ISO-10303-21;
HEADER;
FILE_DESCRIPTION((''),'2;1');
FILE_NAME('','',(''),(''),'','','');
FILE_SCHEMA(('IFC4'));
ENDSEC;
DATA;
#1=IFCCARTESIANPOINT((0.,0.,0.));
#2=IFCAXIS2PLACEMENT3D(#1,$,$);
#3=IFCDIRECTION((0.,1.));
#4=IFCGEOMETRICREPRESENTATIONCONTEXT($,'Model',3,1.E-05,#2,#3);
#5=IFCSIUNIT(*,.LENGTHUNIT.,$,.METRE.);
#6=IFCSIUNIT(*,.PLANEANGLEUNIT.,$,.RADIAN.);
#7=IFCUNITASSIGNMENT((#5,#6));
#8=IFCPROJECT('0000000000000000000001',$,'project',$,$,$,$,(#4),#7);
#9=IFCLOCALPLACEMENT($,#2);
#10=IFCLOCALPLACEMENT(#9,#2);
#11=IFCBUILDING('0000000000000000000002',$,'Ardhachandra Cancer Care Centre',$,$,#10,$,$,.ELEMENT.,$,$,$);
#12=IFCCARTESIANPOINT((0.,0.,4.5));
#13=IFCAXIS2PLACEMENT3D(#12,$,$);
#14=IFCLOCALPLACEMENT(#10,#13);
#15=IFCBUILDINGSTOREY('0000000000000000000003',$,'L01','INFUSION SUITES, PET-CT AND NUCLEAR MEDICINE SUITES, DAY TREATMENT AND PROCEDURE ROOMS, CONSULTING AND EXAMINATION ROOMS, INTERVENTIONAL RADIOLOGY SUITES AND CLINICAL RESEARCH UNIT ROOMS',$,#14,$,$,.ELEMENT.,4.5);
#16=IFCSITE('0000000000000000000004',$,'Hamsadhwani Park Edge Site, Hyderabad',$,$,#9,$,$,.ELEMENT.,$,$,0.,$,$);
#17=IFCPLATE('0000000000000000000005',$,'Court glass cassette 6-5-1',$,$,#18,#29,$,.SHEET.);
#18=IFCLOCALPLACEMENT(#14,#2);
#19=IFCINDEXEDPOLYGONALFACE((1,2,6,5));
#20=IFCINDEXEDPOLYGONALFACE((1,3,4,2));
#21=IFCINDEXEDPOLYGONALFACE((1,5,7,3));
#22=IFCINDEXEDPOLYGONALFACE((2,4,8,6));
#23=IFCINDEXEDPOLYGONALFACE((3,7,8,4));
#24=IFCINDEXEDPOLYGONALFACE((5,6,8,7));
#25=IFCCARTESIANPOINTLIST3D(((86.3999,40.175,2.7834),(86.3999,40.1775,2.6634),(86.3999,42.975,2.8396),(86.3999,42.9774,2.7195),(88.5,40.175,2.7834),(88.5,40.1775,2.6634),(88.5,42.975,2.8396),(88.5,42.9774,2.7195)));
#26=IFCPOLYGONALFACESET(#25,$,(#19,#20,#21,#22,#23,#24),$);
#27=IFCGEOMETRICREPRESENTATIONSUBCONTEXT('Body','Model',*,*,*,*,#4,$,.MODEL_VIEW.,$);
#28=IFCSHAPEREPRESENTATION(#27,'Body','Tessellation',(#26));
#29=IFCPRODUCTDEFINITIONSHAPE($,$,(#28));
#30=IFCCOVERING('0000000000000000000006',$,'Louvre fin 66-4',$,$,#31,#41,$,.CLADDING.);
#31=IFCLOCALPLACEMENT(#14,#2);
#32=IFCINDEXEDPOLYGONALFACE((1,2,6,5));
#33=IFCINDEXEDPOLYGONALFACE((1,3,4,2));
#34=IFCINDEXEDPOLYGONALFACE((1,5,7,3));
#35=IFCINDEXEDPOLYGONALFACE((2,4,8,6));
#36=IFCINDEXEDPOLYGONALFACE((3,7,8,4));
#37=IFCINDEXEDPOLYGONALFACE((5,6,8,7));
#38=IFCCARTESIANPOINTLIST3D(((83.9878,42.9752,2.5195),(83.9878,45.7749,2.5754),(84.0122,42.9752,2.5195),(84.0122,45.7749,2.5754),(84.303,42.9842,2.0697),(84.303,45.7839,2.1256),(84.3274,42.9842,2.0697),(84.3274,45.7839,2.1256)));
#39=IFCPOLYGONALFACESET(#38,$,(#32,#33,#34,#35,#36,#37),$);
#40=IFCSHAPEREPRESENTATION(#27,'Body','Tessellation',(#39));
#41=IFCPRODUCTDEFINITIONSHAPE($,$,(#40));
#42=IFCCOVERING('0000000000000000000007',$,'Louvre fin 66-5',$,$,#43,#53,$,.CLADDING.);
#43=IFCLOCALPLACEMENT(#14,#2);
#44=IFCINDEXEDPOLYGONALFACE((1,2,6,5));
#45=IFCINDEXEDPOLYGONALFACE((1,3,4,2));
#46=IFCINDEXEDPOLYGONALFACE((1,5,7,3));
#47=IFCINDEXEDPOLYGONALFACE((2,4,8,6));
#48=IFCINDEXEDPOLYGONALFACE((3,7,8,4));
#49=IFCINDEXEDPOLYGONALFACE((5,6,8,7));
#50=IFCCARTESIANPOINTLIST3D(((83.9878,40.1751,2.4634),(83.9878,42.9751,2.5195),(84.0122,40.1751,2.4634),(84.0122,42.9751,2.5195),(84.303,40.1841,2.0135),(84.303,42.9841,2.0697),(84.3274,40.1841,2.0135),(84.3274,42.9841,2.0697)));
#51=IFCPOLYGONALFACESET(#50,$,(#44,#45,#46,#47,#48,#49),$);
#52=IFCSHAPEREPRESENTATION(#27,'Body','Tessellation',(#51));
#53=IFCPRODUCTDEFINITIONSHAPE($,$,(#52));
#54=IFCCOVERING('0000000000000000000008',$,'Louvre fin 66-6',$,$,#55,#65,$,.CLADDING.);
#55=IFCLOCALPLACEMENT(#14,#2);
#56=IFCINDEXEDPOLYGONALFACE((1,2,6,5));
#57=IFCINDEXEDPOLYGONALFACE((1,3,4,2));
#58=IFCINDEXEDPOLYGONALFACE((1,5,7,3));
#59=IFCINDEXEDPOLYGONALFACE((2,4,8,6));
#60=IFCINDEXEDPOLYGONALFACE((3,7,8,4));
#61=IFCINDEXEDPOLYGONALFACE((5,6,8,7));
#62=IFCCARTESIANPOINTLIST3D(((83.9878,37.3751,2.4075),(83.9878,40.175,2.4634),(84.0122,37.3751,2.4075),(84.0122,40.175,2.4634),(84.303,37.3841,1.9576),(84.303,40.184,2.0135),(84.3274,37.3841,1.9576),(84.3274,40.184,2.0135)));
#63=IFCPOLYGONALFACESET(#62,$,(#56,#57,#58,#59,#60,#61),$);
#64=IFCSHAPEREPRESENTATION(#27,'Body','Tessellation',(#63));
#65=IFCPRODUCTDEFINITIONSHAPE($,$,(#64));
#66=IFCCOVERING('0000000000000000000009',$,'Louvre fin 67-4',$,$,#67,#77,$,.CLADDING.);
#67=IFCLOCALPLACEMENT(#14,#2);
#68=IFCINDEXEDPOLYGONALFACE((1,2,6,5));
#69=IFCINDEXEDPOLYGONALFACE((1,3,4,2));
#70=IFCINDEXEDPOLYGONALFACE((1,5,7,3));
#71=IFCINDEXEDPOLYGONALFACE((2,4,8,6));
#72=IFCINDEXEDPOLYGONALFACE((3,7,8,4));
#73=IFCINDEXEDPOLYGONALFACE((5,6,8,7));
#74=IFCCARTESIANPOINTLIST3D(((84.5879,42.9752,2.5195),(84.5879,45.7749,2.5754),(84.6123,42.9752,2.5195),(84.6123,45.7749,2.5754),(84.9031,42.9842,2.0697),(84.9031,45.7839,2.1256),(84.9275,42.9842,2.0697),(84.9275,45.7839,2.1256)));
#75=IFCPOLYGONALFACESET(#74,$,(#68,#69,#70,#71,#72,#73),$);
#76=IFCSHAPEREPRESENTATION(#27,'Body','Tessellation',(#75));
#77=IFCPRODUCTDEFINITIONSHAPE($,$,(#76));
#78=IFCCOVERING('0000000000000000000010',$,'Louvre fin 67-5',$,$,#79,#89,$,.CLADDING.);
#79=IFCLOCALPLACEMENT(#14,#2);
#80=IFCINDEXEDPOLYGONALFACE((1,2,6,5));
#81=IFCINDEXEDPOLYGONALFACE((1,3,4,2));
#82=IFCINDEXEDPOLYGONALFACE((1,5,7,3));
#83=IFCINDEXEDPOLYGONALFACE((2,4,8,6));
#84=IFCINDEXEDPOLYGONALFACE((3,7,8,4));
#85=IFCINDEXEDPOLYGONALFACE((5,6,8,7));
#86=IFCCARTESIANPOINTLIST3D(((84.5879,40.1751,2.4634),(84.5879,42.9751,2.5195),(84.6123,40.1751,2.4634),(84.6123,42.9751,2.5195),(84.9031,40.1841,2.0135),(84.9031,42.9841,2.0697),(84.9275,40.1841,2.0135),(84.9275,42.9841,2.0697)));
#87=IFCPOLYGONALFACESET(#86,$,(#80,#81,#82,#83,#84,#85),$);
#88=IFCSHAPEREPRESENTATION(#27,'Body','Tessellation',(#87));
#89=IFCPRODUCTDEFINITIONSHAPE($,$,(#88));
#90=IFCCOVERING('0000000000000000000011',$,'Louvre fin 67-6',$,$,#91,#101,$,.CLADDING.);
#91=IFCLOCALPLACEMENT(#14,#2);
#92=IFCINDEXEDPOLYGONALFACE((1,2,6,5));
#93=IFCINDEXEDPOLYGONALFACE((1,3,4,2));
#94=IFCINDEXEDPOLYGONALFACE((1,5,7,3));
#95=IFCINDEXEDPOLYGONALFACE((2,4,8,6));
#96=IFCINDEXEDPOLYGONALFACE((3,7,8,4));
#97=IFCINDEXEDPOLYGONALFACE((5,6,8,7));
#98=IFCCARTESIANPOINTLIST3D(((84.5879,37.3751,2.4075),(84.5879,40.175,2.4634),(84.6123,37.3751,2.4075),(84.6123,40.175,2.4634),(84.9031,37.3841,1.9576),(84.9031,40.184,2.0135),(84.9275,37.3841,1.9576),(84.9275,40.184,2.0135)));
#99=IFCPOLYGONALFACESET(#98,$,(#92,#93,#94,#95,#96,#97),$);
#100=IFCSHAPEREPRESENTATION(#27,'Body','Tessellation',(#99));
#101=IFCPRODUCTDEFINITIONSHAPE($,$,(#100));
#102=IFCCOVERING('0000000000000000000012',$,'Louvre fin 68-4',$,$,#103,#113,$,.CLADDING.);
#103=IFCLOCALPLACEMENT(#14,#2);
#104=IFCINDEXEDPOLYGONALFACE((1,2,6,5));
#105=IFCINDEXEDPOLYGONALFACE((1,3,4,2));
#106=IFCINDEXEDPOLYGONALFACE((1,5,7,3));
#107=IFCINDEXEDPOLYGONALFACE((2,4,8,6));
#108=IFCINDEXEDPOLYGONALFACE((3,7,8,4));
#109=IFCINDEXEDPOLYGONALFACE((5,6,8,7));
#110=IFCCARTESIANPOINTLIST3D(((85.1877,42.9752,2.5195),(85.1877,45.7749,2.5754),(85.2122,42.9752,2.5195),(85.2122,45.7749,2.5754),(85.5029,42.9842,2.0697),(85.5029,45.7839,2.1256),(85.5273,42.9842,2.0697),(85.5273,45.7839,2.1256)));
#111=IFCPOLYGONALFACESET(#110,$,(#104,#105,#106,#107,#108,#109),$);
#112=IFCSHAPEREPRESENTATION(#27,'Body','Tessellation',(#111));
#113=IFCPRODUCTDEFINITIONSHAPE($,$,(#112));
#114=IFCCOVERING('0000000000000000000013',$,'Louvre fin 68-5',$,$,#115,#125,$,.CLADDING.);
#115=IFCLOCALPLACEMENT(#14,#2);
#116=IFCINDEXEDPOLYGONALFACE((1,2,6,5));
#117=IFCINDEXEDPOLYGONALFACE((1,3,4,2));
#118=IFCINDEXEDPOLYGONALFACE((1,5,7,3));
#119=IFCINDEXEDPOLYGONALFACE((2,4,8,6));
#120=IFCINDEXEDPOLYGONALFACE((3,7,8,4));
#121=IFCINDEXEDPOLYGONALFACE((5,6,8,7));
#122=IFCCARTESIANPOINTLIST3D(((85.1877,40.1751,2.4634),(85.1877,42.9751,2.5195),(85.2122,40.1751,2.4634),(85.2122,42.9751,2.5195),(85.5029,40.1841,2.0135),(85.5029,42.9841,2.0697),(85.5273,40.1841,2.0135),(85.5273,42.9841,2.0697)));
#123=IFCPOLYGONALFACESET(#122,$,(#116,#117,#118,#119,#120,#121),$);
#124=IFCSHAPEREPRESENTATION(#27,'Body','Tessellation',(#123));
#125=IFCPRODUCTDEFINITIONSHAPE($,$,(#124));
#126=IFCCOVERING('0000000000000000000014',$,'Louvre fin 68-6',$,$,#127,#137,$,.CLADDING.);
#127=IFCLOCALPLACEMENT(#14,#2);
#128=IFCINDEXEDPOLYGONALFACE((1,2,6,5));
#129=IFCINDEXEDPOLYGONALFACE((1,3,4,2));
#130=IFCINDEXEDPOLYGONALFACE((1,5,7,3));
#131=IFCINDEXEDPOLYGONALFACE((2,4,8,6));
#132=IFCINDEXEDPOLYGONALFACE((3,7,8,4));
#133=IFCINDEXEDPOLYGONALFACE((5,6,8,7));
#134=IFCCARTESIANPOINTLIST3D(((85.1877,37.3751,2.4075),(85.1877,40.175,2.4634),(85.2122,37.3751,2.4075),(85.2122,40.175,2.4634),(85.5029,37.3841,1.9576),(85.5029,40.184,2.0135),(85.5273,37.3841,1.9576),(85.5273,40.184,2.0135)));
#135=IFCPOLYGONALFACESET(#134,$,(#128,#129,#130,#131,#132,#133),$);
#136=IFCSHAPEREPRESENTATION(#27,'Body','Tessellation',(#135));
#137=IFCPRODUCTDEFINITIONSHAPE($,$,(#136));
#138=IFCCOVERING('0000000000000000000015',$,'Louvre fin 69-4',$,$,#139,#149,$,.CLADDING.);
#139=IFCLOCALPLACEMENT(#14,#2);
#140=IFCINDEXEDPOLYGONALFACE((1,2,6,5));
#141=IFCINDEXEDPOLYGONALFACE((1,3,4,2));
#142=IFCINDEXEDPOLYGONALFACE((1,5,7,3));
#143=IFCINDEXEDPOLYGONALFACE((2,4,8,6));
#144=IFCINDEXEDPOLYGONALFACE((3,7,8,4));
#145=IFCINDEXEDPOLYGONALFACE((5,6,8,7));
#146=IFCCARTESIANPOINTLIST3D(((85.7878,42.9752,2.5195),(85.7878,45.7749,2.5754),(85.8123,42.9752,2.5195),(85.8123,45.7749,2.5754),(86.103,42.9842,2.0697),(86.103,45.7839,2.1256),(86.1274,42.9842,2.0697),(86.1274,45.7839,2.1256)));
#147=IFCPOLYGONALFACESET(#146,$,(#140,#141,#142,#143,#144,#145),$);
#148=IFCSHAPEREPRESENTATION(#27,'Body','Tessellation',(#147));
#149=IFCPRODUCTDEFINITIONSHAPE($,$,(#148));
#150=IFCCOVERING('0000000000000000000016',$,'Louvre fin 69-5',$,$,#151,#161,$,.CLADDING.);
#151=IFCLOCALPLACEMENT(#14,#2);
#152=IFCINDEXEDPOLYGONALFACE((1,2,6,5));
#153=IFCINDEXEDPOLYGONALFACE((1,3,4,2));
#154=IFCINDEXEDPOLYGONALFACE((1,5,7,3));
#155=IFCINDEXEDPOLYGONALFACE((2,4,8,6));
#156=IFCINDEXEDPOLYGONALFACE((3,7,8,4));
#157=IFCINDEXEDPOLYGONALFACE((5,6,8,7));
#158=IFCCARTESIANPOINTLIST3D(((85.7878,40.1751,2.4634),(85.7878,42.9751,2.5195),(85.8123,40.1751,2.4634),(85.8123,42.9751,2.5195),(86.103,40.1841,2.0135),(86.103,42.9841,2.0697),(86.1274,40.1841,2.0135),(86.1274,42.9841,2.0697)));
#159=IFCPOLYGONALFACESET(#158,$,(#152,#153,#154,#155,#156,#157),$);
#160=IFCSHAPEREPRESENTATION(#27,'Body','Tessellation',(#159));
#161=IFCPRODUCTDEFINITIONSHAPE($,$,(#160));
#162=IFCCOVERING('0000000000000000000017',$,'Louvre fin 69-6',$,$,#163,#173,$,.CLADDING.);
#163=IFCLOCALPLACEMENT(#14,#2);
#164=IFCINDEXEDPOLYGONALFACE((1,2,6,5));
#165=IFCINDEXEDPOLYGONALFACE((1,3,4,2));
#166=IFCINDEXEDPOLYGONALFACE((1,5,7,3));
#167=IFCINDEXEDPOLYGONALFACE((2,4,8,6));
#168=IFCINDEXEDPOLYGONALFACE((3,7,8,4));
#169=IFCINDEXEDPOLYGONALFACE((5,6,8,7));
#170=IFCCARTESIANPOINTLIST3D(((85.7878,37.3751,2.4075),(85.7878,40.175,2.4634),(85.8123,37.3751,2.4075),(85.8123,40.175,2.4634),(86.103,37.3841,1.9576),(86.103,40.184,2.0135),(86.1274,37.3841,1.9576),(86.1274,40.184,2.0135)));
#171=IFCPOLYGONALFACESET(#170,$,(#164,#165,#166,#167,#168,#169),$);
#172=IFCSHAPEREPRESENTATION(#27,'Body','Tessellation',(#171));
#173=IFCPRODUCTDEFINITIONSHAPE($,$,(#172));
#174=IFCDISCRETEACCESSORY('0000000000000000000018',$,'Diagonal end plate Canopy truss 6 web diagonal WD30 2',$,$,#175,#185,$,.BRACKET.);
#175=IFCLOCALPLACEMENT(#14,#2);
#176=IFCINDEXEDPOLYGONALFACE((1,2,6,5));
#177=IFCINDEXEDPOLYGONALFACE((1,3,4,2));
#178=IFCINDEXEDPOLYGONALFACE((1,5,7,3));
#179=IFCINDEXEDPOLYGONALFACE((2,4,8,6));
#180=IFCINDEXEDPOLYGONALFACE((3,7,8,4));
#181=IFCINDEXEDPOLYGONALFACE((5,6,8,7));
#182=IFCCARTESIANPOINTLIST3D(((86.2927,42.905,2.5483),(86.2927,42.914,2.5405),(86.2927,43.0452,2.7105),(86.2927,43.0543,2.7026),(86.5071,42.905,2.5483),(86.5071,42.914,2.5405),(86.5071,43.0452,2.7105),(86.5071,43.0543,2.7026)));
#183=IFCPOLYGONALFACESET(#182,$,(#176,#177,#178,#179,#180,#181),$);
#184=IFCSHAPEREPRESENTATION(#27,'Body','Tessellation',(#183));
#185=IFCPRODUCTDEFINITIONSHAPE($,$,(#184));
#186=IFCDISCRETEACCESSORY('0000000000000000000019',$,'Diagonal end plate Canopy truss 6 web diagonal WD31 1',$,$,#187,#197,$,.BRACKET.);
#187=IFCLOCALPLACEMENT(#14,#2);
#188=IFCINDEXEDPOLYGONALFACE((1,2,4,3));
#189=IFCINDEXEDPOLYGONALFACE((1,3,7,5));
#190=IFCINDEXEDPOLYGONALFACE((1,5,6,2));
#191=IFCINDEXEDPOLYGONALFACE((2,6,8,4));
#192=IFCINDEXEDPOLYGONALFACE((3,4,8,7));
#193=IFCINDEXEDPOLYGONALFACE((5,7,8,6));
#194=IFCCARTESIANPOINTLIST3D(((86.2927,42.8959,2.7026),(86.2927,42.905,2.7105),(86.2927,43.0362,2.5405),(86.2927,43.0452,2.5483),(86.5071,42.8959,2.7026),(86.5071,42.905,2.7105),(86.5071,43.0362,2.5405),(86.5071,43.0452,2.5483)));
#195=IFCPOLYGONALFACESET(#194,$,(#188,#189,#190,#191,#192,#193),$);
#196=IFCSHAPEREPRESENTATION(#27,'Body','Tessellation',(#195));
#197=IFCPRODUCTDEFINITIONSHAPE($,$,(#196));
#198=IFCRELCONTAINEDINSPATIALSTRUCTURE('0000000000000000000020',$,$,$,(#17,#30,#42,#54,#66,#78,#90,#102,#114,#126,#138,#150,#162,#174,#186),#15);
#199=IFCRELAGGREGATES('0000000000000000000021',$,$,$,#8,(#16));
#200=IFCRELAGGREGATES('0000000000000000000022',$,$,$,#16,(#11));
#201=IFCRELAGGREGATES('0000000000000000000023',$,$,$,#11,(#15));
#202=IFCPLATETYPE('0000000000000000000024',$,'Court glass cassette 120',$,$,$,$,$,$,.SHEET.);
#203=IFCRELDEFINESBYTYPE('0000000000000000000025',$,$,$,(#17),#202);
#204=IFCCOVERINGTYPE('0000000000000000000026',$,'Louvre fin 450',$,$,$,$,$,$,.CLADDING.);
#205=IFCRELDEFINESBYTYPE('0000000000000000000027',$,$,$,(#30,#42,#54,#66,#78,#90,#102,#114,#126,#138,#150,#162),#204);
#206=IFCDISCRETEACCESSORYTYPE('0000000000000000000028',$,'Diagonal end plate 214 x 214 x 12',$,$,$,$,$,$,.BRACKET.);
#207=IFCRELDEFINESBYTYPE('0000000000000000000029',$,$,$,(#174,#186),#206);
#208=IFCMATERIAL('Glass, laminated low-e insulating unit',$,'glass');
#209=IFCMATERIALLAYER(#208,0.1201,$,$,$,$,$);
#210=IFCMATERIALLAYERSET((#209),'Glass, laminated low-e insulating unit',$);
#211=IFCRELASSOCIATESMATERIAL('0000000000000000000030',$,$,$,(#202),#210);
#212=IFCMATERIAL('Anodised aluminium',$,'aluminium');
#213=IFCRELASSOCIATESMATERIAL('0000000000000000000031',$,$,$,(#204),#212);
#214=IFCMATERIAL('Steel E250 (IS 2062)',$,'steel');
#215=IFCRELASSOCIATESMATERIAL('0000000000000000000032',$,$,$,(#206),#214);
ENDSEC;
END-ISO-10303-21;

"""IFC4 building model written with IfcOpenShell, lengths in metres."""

from ifc_helpers import new_model, si_unit, direction, frame, origin, origin_2d, place, context, subcontext, project, spatial, polyline, rectangle, outline, extrude, material, layer, layer_set, material_profile, profile_set, type_object, element, save


model = new_model("IFC4")

# Units and contexts
model_context = context("Model", 3, precision=1e-05, world=origin(), true_north=direction((0.0, 1.0)))
body_context = subcontext(model_context, "Body", "Model", "MODEL_VIEW")
ifc_project = project(units=[si_unit("LENGTHUNIT", "METRE"), si_unit("PLANEANGLEUNIT", "RADIAN")], contexts=[model_context])

# Site, building, storey
site_placement = place(None, origin())
site = spatial("IfcSite", under=ifc_project, at=site_placement, Name="Hamsadhwani Park Edge Site, Hyderabad", CompositionType="ELEMENT", RefElevation=0.0)
building_placement = place(site_placement, origin())
building = spatial("IfcBuilding", under=site, at=building_placement, Name="Ardhachandra Cancer Care Centre", CompositionType="ELEMENT")
storey_placement = place(building_placement, frame((0.0, 0.0, 4.5)))
storey = spatial("IfcBuildingStorey", under=building, at=storey_placement, Name="L01", Description="INFUSION SUITES, PET-CT AND NUCLEAR MEDICINE SUITES, DAY TREATMENT AND PROCEDURE ROOMS, CONSULTING AND EXAMINATION ROOMS, INTERVENTIONAL RADIOLOGY SUITES AND CLINICAL RESEARCH UNIT ROOMS", CompositionType="ELEMENT", Elevation=4.5)

# Plate
ifc_material_1 = material(Name="Glass, laminated low-e insulating unit", Category="glass")
ifc_layer = layer(ifc_material_1, 0.1201)
ifc_layer_set = layer_set([ifc_layer], Name="Glass, laminated low-e insulating unit")
plate_type = type_object("IfcPlateType", Name="Court glass cassette 120", PredefinedType="SHEET", material=ifc_layer_set)
plate_1_placement = place(storey_placement, frame((86.3999, 40.175, 2.7834), z_axis=(0.0, -0.02005, 0.999799), x_axis=(0.0, 0.999799, 0.02005)))
element("IfcPlate", 1, at=plate_1_placement, inside=storey, type_object=plate_type, Name="Court glass cassette 6-5-1", PredefinedType="SHEET", context=body_context, shape_type="SweptSolid", body=[
    extrude(outline(polyline([(0.0, -2.1001), (2.8005, -2.1001), (2.8005, 0.0), (0.0, 0.0), (0.0, -2.1001)])), frame((0.0, 0.0, -0.1201)), (0.0, 0.0, 1.0), 0.1201),
])

# Coverings
ifc_material_2 = material(Name="Anodised aluminium", Category="aluminium")
ifc_material_profile_1 = material_profile(ifc_material_2, outline(polyline([(-0.0122, 0.0), (0.0122, 0.0), (0.3274, -0.45), (0.303, -0.45), (-0.0122, 0.0)])), Name="Louvre fin 450")
ifc_profile_set_1 = profile_set([ifc_material_profile_1], Name="Anodised aluminium")
covering_type = type_object("IfcCoveringType", Name="Louvre fin 450", PredefinedType="CLADDING", material=ifc_profile_set_1)
covering_1_placement = place(storey_placement, frame((84.0, 45.7749, 2.5754), z_axis=(0.0, -0.999801, -0.019965), x_axis=(1.0, 0.0, 0.0)))
element("IfcCovering", 2, at=covering_1_placement, inside=storey, type_object=covering_type, Name="Louvre fin 66-4", PredefinedType="CLADDING", context=body_context, shape_type="SweptSolid", body=[
    extrude(outline(polyline([(-0.0122, 0.0), (0.0122, 0.0), (0.3274, -0.45), (0.303, -0.45), (-0.0122, 0.0)])), origin(), (0.0, 0.0, 1.0), 2.8003),
])
for number, where, z_axis, x_axis, name in (
    (3, (84.0, 42.9751, 2.5195), (0.0, -0.999799, -0.02005), (1.0, 0.0, 0.0), "Louvre fin 66-5"),
    (4, (84.0, 40.175, 2.4634), (0.0, -0.999801, -0.019963), (1.0, 0.0, 0.0), "Louvre fin 66-6"),
):
    element("IfcCovering", number, at=place(storey_placement, frame(where, z_axis=z_axis, x_axis=x_axis)), inside=storey, type_object=covering_type, Name=name, PredefinedType="CLADDING", context=body_context, shape_type="SweptSolid", body=[
        extrude(outline(polyline([(-0.0122, 0.0), (0.0122, 0.0), (0.3274, -0.45), (0.303, -0.45), (-0.0122, 0.0)])), origin(), (0.0, 0.0, 1.0), 2.8005),
    ])
covering_2_placement = place(storey_placement, frame((84.6001, 45.7749, 2.5754), z_axis=(0.0, -0.999801, -0.019965), x_axis=(1.0, 0.0, 0.0)))
element("IfcCovering", 5, at=covering_2_placement, inside=storey, type_object=covering_type, Name="Louvre fin 67-4", PredefinedType="CLADDING", context=body_context, shape_type="SweptSolid", body=[
    extrude(outline(polyline([(-0.0122, 0.0), (0.0122, 0.0), (0.3274, -0.45), (0.303, -0.45), (-0.0122, 0.0)])), origin(), (0.0, 0.0, 1.0), 2.8003),
])
for number, where, z_axis, x_axis, name in (
    (6, (84.6001, 42.9751, 2.5195), (0.0, -0.999799, -0.02005), (1.0, 0.0, 0.0), "Louvre fin 67-5"),
    (7, (84.6001, 40.175, 2.4634), (0.0, -0.999801, -0.019963), (1.0, 0.0, 0.0), "Louvre fin 67-6"),
):
    element("IfcCovering", number, at=place(storey_placement, frame(where, z_axis=z_axis, x_axis=x_axis)), inside=storey, type_object=covering_type, Name=name, PredefinedType="CLADDING", context=body_context, shape_type="SweptSolid", body=[
        extrude(outline(polyline([(-0.0122, 0.0), (0.0122, 0.0), (0.3274, -0.45), (0.303, -0.45), (-0.0122, 0.0)])), origin(), (0.0, 0.0, 1.0), 2.8005),
    ])
covering_3_placement = place(storey_placement, frame((85.2, 45.7749, 2.5754), z_axis=(0.0, -0.999801, -0.019965), x_axis=(1.0, 0.0, 0.0)))
element("IfcCovering", 8, at=covering_3_placement, inside=storey, type_object=covering_type, Name="Louvre fin 68-4", PredefinedType="CLADDING", context=body_context, shape_type="SweptSolid", body=[
    extrude(outline(polyline([(-0.0122, 0.0), (0.0122, 0.0), (0.3274, -0.45), (0.303, -0.45), (-0.0122, 0.0)])), origin(), (0.0, 0.0, 1.0), 2.8003),
])
for number, where, z_axis, x_axis, name in (
    (9, (85.2, 42.9751, 2.5195), (0.0, -0.999799, -0.02005), (1.0, 0.0, 0.0), "Louvre fin 68-5"),
    (10, (85.2, 40.175, 2.4634), (0.0, -0.999801, -0.019963), (1.0, 0.0, 0.0), "Louvre fin 68-6"),
):
    element("IfcCovering", number, at=place(storey_placement, frame(where, z_axis=z_axis, x_axis=x_axis)), inside=storey, type_object=covering_type, Name=name, PredefinedType="CLADDING", context=body_context, shape_type="SweptSolid", body=[
        extrude(outline(polyline([(-0.0122, 0.0), (0.0122, 0.0), (0.3274, -0.45), (0.303, -0.45), (-0.0122, 0.0)])), origin(), (0.0, 0.0, 1.0), 2.8005),
    ])
covering_4_placement = place(storey_placement, frame((85.8, 45.7749, 2.5754), z_axis=(0.0, -0.999801, -0.019965), x_axis=(1.0, 0.0, 0.0)))
element("IfcCovering", 11, at=covering_4_placement, inside=storey, type_object=covering_type, Name="Louvre fin 69-4", PredefinedType="CLADDING", context=body_context, shape_type="SweptSolid", body=[
    extrude(outline(polyline([(-0.0122, 0.0), (0.0122, 0.0), (0.3274, -0.45), (0.303, -0.45), (-0.0122, 0.0)])), origin(), (0.0, 0.0, 1.0), 2.8003),
])
for number, where, z_axis, x_axis, name in (
    (12, (85.8, 42.9751, 2.5195), (0.0, -0.999799, -0.02005), (1.0, 0.0, 0.0), "Louvre fin 69-5"),
    (13, (85.8, 40.175, 2.4634), (0.0, -0.999801, -0.019963), (1.0, 0.0, 0.0), "Louvre fin 69-6"),
):
    element("IfcCovering", number, at=place(storey_placement, frame(where, z_axis=z_axis, x_axis=x_axis)), inside=storey, type_object=covering_type, Name=name, PredefinedType="CLADDING", context=body_context, shape_type="SweptSolid", body=[
        extrude(outline(polyline([(-0.0122, 0.0), (0.0122, 0.0), (0.3274, -0.45), (0.303, -0.45), (-0.0122, 0.0)])), origin(), (0.0, 0.0, 1.0), 2.8005),
    ])

# Discrete accessories
ifc_material_3 = material(Name="Steel E250 (IS 2062)", Category="steel")
ifc_material_profile_2 = material_profile(ifc_material_3, rectangle(XDim=0.2144, YDim=0.2144, at=origin_2d()), Name="PL 214x214x12")
ifc_profile_set_2 = profile_set([ifc_material_profile_2], Name="Steel E250 (IS 2062)")
discrete_accessory_type = type_object("IfcDiscreteAccessoryType", Name="Diagonal end plate 214 x 214 x 12", PredefinedType="BRACKET", material=ifc_profile_set_2)
for number, where, z_axis, x_axis, name in (
    (14, (86.3999, 42.9751, 2.6294), (0.0, 0.756363, -0.654152), (-1.0, 0.0, 0.0), "Diagonal end plate Canopy truss 6 web diagonal WD30 2"),
    (15, (86.3999, 42.9751, 2.6294), (0.0, -0.756363, -0.654152), (1.0, 0.0, 0.0), "Diagonal end plate Canopy truss 6 web diagonal WD31 1"),
):
    element("IfcDiscreteAccessory", number, at=place(storey_placement, frame(where, z_axis=z_axis, x_axis=x_axis)), inside=storey, type_object=discrete_accessory_type, Name=name, PredefinedType="BRACKET", context=body_context, shape_type="SweptSolid", body=[
        extrude(rectangle(XDim=0.2144, YDim=0.2144, at=origin_2d()), origin(), (0.0, 0.0, 1.0), 0.012),
    ])

save(model, "model.ifc")
